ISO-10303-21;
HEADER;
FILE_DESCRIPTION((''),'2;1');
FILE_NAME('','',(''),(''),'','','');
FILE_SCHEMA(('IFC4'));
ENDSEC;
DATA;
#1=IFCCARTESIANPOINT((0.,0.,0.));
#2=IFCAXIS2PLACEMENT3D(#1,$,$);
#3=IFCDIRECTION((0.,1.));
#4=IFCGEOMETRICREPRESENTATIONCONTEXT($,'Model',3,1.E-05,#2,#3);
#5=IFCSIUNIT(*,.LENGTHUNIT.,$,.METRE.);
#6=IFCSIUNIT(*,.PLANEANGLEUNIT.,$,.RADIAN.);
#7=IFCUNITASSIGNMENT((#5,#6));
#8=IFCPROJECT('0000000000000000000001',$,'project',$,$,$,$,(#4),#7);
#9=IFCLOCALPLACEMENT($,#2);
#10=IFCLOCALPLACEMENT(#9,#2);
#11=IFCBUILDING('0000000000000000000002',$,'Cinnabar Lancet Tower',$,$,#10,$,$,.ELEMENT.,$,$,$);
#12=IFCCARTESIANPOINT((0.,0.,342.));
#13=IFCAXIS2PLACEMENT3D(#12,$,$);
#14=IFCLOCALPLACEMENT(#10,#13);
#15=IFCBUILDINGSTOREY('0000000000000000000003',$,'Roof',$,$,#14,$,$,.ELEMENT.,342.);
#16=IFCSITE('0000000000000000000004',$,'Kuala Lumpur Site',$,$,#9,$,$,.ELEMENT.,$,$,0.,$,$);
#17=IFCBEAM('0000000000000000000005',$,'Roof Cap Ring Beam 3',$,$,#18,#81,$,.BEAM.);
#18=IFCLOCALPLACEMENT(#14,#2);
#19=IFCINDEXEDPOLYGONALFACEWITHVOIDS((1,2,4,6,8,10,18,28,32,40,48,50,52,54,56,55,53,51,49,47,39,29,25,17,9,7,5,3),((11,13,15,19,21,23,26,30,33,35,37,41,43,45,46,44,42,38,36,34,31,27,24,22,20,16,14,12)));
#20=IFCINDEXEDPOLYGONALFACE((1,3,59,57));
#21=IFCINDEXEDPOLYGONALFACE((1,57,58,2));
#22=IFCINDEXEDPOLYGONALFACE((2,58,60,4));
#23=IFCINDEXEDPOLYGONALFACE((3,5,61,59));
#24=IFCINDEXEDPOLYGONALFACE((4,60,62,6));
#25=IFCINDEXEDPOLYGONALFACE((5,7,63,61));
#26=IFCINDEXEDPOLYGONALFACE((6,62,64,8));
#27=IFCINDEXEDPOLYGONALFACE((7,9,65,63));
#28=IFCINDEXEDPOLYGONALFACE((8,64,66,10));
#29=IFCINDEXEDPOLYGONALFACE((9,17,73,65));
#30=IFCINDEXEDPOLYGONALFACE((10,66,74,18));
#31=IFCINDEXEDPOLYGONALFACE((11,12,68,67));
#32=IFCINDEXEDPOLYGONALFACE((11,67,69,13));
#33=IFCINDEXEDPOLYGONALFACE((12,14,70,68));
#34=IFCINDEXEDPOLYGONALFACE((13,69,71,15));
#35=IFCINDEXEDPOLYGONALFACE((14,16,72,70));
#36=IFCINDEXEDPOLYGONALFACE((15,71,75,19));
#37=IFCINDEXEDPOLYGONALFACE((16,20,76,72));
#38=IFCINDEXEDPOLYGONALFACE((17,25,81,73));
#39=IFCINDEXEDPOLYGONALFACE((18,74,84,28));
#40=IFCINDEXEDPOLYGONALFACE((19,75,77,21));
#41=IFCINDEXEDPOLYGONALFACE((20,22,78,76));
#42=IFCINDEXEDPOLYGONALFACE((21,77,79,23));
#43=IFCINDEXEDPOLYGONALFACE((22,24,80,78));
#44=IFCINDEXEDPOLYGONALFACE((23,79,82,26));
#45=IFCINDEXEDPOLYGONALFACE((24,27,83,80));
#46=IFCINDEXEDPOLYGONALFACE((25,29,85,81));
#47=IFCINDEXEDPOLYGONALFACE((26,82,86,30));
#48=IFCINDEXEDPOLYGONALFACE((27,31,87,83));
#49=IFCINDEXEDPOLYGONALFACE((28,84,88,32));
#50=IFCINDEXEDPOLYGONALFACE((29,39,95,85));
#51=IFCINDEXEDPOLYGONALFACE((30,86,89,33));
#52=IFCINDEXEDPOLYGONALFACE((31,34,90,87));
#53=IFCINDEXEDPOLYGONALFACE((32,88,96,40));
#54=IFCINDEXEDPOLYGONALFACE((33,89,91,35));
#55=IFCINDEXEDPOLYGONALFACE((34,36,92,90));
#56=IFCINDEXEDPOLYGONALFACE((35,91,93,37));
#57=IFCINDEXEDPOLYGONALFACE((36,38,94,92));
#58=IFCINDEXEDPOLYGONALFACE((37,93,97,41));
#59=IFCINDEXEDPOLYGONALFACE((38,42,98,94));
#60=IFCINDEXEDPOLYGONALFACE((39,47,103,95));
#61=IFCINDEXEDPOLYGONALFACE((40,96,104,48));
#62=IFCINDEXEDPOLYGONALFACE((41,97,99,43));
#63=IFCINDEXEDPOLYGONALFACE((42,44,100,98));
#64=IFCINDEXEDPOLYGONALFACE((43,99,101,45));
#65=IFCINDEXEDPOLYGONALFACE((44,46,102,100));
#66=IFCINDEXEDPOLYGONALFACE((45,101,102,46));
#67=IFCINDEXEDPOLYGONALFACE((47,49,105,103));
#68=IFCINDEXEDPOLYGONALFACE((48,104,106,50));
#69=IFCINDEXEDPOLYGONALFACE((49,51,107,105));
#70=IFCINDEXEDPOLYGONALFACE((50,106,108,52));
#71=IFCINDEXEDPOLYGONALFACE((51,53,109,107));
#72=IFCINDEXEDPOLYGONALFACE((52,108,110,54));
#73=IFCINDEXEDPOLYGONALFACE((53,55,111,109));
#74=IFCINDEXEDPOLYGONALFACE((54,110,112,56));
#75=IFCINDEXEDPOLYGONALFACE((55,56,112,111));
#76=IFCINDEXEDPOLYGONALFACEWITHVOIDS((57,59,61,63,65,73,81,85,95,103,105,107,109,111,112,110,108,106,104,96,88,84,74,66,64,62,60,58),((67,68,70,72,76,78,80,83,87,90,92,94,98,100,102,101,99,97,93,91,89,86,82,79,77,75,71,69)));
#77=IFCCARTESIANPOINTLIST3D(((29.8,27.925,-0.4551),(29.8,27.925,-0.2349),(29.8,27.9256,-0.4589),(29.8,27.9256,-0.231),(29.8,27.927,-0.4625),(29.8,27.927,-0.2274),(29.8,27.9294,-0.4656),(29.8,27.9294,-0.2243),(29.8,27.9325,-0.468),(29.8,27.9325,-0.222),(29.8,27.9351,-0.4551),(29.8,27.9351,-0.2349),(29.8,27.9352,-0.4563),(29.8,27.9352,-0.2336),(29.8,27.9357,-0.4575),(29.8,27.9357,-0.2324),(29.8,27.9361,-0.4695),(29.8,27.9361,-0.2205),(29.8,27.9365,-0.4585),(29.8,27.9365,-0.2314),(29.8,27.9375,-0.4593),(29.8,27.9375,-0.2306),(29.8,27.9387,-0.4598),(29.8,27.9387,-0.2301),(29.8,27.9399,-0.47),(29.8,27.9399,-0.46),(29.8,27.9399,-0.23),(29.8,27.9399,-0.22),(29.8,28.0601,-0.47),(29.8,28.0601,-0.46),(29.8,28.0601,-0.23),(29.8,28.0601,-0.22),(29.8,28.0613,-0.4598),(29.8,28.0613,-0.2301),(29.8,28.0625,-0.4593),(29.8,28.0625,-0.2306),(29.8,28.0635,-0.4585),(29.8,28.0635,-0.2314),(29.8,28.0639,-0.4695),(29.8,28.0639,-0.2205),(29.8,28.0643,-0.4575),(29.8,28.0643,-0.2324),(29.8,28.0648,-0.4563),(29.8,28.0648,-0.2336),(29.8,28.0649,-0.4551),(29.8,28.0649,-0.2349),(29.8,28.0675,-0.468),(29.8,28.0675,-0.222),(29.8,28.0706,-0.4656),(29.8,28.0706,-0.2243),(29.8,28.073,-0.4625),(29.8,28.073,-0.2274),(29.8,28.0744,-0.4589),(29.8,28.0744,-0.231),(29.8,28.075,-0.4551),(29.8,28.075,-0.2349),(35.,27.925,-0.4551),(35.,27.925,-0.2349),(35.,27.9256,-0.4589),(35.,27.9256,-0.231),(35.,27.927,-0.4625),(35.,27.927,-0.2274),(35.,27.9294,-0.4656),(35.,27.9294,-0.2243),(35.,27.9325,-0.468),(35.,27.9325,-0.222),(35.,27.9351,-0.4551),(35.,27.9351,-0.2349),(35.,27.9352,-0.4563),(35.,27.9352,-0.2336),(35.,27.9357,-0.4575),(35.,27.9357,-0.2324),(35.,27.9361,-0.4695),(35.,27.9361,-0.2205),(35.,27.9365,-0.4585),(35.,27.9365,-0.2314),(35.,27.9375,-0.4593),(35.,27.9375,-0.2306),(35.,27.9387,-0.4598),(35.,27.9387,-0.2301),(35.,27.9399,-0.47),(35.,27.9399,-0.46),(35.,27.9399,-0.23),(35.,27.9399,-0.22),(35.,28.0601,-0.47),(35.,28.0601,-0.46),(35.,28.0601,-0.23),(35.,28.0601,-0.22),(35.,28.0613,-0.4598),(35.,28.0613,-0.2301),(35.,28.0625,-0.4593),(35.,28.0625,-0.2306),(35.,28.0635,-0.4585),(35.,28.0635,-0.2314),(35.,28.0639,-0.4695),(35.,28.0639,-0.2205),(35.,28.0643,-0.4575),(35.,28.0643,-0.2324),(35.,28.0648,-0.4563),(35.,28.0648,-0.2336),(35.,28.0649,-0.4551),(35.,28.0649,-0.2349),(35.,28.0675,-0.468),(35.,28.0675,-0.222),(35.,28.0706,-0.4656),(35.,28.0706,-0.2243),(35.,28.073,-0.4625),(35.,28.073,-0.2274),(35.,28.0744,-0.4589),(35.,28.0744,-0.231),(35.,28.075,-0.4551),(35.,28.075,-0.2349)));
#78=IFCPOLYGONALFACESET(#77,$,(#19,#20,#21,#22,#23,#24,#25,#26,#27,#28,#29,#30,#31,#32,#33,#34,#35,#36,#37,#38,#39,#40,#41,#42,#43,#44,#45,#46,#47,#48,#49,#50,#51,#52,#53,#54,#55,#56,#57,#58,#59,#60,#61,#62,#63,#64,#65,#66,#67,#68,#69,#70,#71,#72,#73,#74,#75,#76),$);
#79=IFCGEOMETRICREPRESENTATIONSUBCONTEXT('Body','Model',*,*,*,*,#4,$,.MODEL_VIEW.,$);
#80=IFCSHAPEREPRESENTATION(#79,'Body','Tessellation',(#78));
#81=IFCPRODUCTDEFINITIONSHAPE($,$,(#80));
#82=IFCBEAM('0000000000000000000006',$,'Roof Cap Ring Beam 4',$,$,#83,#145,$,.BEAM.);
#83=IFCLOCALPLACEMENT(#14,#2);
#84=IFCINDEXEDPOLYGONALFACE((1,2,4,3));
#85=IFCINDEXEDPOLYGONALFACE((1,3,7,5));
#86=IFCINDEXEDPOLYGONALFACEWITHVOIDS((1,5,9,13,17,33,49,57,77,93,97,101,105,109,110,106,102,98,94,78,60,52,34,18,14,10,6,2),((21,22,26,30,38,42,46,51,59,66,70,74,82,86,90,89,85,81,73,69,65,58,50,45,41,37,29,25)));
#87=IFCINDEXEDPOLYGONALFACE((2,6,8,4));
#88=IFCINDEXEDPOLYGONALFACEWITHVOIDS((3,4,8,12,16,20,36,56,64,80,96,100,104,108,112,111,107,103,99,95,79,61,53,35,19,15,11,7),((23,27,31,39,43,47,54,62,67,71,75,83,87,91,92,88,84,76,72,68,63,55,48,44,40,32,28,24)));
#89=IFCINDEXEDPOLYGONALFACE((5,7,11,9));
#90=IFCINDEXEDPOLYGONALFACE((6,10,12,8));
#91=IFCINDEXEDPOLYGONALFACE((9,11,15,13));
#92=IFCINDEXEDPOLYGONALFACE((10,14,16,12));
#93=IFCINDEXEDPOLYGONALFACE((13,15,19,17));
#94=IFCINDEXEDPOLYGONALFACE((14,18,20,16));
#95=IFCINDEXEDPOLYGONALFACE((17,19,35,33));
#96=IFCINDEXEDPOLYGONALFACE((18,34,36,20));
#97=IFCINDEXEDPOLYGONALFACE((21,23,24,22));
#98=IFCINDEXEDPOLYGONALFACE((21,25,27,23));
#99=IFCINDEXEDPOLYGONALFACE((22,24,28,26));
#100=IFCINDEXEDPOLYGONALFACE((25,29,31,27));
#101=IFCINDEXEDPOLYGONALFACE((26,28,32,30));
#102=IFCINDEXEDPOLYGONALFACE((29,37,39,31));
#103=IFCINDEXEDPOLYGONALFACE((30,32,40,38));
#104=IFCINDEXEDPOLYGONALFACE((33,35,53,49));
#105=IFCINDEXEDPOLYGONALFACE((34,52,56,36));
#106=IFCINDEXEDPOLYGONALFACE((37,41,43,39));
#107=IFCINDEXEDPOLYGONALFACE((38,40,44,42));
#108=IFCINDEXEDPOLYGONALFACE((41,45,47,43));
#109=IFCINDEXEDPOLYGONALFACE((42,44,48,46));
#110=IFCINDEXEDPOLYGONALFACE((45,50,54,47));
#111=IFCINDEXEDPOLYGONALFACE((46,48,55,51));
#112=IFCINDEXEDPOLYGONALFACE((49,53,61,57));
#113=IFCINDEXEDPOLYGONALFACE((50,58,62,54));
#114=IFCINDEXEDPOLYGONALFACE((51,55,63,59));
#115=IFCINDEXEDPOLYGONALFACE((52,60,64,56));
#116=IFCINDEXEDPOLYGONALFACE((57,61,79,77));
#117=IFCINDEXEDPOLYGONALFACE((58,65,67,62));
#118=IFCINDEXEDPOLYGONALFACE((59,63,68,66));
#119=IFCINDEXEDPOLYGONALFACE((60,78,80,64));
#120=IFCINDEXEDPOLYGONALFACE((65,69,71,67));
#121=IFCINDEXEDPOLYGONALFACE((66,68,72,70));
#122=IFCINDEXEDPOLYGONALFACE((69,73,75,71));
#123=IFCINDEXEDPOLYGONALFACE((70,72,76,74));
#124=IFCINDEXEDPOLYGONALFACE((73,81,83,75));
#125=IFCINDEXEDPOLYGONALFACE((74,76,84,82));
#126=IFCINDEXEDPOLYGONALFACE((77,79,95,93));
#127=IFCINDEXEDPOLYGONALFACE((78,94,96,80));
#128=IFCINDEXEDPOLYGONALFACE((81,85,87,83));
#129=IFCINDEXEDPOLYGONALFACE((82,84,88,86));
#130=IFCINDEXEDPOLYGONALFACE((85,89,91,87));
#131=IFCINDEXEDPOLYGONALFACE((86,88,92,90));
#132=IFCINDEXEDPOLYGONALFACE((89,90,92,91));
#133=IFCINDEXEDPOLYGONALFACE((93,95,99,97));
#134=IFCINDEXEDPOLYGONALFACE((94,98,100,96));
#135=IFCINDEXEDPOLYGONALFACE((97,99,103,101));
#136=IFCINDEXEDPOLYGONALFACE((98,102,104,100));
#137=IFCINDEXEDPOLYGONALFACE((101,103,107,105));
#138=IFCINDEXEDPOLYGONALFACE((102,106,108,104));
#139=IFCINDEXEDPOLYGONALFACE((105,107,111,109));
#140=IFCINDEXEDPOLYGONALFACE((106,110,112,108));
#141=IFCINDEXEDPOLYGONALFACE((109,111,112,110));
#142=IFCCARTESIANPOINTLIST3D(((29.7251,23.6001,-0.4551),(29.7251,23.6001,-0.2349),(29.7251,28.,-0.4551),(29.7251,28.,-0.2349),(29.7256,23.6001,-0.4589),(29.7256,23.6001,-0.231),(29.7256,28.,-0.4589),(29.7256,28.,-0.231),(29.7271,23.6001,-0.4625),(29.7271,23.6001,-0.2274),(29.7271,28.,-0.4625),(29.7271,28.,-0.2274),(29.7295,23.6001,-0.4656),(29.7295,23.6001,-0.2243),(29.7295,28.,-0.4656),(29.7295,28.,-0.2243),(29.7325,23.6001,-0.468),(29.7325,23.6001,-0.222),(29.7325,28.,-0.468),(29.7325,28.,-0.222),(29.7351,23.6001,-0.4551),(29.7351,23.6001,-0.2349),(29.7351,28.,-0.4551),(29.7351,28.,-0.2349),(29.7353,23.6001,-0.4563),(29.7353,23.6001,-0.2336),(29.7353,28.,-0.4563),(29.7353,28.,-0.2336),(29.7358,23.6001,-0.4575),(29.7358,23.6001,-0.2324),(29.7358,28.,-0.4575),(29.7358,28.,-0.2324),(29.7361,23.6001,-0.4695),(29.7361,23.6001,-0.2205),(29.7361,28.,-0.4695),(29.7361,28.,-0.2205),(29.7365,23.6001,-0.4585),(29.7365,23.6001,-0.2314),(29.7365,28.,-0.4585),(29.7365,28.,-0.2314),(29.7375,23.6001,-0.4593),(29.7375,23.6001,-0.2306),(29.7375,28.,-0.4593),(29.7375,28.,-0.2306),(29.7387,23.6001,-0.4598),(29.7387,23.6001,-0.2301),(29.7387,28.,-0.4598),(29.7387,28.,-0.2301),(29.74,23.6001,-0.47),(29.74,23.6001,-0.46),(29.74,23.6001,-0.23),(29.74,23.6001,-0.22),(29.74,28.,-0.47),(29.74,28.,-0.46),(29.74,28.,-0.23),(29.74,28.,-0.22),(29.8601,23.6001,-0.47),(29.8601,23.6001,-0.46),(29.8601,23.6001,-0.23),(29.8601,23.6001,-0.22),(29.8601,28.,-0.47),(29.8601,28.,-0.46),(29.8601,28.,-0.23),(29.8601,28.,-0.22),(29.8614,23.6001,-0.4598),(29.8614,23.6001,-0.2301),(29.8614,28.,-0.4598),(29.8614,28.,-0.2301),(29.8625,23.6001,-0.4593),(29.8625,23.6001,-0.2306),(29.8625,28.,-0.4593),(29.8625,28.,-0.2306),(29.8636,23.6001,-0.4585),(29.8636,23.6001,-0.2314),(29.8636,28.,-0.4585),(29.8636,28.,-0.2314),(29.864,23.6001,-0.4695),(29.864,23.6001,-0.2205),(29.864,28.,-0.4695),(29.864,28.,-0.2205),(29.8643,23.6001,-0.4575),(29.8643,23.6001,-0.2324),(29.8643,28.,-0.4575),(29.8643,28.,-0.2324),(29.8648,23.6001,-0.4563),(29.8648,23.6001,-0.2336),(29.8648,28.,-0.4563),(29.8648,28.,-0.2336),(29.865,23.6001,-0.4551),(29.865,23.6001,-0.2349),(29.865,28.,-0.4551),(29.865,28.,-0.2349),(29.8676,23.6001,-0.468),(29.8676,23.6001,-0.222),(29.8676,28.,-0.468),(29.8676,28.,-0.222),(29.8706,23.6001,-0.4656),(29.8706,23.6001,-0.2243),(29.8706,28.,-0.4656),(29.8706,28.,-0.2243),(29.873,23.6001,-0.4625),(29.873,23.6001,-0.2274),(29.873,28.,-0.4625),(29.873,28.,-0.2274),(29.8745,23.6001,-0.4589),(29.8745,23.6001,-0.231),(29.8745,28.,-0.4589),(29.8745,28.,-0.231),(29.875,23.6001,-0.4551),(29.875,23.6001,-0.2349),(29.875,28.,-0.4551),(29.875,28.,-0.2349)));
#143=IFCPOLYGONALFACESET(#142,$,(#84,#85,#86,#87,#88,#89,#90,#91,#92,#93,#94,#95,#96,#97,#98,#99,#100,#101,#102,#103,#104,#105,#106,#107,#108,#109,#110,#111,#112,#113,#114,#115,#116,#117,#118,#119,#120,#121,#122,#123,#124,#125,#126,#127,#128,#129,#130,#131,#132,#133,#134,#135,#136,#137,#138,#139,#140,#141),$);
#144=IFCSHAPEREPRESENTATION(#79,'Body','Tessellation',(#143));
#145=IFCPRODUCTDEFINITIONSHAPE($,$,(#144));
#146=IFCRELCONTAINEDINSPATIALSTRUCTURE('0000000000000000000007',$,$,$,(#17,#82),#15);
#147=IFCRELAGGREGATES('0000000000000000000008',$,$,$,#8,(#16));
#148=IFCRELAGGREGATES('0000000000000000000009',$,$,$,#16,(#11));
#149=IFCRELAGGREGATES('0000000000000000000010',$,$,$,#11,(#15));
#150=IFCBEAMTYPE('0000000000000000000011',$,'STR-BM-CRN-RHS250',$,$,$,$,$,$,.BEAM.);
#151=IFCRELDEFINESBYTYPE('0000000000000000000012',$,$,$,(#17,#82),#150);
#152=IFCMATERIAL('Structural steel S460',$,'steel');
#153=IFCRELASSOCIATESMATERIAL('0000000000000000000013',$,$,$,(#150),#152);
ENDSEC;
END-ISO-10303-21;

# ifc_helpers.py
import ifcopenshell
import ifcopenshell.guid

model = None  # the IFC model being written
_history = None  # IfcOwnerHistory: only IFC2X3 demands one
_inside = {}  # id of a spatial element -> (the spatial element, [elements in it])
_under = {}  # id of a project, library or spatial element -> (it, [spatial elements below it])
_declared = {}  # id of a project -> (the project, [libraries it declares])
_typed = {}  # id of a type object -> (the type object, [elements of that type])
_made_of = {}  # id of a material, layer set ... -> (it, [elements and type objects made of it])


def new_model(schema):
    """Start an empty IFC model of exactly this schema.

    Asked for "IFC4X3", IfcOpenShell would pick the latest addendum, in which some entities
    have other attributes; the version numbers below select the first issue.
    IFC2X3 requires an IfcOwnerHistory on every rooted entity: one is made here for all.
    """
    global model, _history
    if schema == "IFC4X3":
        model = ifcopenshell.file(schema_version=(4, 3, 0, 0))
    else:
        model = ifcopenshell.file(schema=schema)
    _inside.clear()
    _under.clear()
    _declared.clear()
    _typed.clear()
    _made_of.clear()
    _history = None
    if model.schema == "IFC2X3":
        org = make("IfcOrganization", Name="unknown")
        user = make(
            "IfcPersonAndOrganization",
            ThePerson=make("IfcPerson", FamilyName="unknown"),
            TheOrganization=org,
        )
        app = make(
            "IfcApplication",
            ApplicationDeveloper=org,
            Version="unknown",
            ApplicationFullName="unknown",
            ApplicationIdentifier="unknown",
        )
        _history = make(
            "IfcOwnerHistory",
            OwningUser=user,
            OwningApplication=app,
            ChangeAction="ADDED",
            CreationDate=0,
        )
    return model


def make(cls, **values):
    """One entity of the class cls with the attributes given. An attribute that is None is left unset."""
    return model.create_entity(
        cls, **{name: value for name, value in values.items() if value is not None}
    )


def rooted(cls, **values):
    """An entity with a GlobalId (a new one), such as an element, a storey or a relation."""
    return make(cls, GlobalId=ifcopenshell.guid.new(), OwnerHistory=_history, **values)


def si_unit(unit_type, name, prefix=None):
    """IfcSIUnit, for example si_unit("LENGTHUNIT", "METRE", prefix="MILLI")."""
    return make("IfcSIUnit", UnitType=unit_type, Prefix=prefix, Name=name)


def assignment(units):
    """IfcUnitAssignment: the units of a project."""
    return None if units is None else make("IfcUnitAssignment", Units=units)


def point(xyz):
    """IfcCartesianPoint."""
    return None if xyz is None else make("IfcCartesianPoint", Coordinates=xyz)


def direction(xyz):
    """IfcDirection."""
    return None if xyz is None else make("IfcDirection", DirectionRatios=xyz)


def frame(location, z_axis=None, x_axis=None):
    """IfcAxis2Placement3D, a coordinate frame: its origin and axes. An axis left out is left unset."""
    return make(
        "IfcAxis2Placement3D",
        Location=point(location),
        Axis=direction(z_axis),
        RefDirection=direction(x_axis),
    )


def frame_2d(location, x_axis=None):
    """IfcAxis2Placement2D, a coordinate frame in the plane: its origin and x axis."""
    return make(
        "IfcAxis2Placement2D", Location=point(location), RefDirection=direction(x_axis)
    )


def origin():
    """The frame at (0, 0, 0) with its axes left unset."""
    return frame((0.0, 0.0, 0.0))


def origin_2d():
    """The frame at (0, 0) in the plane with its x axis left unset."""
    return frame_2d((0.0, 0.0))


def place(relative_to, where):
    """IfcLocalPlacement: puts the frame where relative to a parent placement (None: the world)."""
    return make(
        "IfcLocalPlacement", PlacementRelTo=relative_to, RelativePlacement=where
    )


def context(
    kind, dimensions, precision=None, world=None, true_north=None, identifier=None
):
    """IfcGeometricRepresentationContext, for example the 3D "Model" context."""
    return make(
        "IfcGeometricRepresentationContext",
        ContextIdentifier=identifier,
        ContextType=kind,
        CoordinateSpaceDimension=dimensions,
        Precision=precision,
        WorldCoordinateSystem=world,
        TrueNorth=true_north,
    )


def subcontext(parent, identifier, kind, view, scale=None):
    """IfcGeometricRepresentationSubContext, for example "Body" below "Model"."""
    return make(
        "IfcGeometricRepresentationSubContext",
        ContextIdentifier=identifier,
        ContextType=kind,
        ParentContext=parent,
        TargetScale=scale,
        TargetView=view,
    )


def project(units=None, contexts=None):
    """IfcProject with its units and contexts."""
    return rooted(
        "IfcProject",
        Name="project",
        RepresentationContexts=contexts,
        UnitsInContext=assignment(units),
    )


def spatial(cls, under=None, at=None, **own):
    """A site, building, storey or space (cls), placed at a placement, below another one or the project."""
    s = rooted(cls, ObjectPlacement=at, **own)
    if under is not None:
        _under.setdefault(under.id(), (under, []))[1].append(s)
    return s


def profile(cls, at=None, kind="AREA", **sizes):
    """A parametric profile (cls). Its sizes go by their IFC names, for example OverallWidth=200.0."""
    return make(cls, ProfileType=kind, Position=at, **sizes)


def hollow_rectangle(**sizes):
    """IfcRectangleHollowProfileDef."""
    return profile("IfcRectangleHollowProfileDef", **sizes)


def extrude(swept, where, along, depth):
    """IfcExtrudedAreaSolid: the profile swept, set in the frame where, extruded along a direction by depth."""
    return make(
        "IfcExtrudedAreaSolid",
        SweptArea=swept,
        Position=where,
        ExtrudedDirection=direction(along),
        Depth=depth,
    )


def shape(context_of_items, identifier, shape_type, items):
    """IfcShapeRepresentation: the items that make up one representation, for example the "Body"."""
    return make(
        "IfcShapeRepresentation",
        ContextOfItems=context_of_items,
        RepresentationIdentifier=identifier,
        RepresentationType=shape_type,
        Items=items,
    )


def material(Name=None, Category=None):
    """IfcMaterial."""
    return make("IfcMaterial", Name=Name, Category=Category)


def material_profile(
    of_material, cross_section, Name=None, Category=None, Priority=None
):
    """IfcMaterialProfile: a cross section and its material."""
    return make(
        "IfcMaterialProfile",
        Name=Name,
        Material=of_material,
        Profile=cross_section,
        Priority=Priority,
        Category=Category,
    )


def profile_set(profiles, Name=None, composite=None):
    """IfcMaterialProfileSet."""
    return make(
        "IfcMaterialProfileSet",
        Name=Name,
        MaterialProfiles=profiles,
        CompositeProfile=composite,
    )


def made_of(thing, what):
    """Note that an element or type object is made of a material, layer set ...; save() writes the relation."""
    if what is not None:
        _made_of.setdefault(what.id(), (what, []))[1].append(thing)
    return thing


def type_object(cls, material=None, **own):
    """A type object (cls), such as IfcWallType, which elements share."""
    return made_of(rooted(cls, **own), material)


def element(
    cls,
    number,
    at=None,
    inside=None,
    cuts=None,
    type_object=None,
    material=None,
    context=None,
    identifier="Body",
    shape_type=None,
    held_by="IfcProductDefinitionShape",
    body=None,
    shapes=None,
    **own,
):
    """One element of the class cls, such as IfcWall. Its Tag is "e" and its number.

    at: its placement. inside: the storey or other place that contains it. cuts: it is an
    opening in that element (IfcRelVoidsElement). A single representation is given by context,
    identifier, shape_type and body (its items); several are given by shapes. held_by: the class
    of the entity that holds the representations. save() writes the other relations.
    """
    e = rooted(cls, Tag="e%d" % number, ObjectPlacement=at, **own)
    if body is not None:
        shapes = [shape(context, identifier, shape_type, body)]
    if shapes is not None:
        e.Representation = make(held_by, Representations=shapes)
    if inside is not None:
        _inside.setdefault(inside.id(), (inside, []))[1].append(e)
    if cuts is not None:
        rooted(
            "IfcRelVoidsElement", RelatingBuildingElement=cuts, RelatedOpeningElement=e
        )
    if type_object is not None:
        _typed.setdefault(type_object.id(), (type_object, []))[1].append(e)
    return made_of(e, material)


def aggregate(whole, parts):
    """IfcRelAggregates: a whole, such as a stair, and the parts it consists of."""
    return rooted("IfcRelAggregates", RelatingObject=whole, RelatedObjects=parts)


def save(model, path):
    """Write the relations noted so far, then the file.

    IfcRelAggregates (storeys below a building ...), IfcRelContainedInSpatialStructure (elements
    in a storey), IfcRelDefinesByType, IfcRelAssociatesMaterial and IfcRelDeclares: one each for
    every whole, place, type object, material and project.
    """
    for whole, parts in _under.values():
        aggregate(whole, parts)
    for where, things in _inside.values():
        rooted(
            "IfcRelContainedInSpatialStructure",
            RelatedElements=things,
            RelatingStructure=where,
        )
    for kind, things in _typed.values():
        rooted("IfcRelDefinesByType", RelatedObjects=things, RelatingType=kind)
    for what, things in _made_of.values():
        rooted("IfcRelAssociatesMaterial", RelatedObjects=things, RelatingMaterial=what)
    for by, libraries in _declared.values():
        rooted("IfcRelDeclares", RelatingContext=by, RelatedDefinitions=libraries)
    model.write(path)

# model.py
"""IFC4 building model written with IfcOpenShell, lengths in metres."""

from ifc_helpers import new_model, si_unit, direction, frame, origin, origin_2d, place, context, subcontext, project, spatial, hollow_rectangle, extrude, material, material_profile, profile_set, type_object, element, save


model = new_model("IFC4")

# Units and contexts
model_context = context("Model", 3, precision=1e-05, world=origin(), true_north=direction((0.0, 1.0)))
body_context = subcontext(model_context, "Body", "Model", "MODEL_VIEW")
ifc_project = project(units=[si_unit("LENGTHUNIT", "METRE"), si_unit("PLANEANGLEUNIT", "RADIAN")], contexts=[model_context])

# Site, building, storey
site_placement = place(None, origin())
site = spatial("IfcSite", under=ifc_project, at=site_placement, Name="Kuala Lumpur Site", CompositionType="ELEMENT", RefElevation=0.0)
building_placement = place(site_placement, origin())
building = spatial("IfcBuilding", under=site, at=building_placement, Name="Cinnabar Lancet Tower", CompositionType="ELEMENT")
storey_placement = place(building_placement, frame((0.0, 0.0, 342.0)))
storey = spatial("IfcBuildingStorey", under=building, at=storey_placement, Name="Roof", CompositionType="ELEMENT", Elevation=342.0)

# Beams
ifc_material_1 = material(Name="Structural steel S460", Category="steel")
ifc_material_profile_1 = material_profile(ifc_material_1, hollow_rectangle(XDim=0.1499, YDim=0.25, WallThickness=0.01, InnerFilletRadius=0.0049, OuterFilletRadius=0.0149, at=origin_2d()), Name="RHS 250x150x10")
ifc_profile_set_1 = profile_set([ifc_material_profile_1], Name="Structural steel S460")
beam_type_1 = type_object("IfcBeamType", Name="STR-BM-CRN-RHS250", PredefinedType="BEAM", material=ifc_profile_set_1)
beam_1_placement = place(storey_placement, frame((35.0, 28.0, -0.345), z_axis=(-1.0, 0.0, 0.0), x_axis=(0.0, -1.0, 0.0)))
element("IfcBeam", 1, at=beam_1_placement, inside=storey, type_object=beam_type_1, Name="Roof Cap Ring Beam 3", PredefinedType="BEAM", context=body_context, shape_type="SweptSolid", body=[
    extrude(hollow_rectangle(XDim=0.1499, YDim=0.25, WallThickness=0.01, InnerFilletRadius=0.0049, OuterFilletRadius=0.0149, at=origin_2d()), origin(), (0.0, 0.0, 1.0), 5.2),
])
beam_2_placement = place(storey_placement, frame((29.8, 28.0, -0.345), z_axis=(0.0, -1.0, 0.0), x_axis=(1.0, 0.0, 0.0)))
element("IfcBeam", 2, at=beam_2_placement, inside=storey, type_object=beam_type_1, Name="Roof Cap Ring Beam 4", PredefinedType="BEAM", context=body_context, shape_type="SweptSolid", body=[
    extrude(hollow_rectangle(XDim=0.1499, YDim=0.25, WallThickness=0.01, InnerFilletRadius=0.0049, OuterFilletRadius=0.0149, at=origin_2d()), origin(), (0.0, 0.0, 1.0), 4.3999),
])

save(model, "model.ifc")
